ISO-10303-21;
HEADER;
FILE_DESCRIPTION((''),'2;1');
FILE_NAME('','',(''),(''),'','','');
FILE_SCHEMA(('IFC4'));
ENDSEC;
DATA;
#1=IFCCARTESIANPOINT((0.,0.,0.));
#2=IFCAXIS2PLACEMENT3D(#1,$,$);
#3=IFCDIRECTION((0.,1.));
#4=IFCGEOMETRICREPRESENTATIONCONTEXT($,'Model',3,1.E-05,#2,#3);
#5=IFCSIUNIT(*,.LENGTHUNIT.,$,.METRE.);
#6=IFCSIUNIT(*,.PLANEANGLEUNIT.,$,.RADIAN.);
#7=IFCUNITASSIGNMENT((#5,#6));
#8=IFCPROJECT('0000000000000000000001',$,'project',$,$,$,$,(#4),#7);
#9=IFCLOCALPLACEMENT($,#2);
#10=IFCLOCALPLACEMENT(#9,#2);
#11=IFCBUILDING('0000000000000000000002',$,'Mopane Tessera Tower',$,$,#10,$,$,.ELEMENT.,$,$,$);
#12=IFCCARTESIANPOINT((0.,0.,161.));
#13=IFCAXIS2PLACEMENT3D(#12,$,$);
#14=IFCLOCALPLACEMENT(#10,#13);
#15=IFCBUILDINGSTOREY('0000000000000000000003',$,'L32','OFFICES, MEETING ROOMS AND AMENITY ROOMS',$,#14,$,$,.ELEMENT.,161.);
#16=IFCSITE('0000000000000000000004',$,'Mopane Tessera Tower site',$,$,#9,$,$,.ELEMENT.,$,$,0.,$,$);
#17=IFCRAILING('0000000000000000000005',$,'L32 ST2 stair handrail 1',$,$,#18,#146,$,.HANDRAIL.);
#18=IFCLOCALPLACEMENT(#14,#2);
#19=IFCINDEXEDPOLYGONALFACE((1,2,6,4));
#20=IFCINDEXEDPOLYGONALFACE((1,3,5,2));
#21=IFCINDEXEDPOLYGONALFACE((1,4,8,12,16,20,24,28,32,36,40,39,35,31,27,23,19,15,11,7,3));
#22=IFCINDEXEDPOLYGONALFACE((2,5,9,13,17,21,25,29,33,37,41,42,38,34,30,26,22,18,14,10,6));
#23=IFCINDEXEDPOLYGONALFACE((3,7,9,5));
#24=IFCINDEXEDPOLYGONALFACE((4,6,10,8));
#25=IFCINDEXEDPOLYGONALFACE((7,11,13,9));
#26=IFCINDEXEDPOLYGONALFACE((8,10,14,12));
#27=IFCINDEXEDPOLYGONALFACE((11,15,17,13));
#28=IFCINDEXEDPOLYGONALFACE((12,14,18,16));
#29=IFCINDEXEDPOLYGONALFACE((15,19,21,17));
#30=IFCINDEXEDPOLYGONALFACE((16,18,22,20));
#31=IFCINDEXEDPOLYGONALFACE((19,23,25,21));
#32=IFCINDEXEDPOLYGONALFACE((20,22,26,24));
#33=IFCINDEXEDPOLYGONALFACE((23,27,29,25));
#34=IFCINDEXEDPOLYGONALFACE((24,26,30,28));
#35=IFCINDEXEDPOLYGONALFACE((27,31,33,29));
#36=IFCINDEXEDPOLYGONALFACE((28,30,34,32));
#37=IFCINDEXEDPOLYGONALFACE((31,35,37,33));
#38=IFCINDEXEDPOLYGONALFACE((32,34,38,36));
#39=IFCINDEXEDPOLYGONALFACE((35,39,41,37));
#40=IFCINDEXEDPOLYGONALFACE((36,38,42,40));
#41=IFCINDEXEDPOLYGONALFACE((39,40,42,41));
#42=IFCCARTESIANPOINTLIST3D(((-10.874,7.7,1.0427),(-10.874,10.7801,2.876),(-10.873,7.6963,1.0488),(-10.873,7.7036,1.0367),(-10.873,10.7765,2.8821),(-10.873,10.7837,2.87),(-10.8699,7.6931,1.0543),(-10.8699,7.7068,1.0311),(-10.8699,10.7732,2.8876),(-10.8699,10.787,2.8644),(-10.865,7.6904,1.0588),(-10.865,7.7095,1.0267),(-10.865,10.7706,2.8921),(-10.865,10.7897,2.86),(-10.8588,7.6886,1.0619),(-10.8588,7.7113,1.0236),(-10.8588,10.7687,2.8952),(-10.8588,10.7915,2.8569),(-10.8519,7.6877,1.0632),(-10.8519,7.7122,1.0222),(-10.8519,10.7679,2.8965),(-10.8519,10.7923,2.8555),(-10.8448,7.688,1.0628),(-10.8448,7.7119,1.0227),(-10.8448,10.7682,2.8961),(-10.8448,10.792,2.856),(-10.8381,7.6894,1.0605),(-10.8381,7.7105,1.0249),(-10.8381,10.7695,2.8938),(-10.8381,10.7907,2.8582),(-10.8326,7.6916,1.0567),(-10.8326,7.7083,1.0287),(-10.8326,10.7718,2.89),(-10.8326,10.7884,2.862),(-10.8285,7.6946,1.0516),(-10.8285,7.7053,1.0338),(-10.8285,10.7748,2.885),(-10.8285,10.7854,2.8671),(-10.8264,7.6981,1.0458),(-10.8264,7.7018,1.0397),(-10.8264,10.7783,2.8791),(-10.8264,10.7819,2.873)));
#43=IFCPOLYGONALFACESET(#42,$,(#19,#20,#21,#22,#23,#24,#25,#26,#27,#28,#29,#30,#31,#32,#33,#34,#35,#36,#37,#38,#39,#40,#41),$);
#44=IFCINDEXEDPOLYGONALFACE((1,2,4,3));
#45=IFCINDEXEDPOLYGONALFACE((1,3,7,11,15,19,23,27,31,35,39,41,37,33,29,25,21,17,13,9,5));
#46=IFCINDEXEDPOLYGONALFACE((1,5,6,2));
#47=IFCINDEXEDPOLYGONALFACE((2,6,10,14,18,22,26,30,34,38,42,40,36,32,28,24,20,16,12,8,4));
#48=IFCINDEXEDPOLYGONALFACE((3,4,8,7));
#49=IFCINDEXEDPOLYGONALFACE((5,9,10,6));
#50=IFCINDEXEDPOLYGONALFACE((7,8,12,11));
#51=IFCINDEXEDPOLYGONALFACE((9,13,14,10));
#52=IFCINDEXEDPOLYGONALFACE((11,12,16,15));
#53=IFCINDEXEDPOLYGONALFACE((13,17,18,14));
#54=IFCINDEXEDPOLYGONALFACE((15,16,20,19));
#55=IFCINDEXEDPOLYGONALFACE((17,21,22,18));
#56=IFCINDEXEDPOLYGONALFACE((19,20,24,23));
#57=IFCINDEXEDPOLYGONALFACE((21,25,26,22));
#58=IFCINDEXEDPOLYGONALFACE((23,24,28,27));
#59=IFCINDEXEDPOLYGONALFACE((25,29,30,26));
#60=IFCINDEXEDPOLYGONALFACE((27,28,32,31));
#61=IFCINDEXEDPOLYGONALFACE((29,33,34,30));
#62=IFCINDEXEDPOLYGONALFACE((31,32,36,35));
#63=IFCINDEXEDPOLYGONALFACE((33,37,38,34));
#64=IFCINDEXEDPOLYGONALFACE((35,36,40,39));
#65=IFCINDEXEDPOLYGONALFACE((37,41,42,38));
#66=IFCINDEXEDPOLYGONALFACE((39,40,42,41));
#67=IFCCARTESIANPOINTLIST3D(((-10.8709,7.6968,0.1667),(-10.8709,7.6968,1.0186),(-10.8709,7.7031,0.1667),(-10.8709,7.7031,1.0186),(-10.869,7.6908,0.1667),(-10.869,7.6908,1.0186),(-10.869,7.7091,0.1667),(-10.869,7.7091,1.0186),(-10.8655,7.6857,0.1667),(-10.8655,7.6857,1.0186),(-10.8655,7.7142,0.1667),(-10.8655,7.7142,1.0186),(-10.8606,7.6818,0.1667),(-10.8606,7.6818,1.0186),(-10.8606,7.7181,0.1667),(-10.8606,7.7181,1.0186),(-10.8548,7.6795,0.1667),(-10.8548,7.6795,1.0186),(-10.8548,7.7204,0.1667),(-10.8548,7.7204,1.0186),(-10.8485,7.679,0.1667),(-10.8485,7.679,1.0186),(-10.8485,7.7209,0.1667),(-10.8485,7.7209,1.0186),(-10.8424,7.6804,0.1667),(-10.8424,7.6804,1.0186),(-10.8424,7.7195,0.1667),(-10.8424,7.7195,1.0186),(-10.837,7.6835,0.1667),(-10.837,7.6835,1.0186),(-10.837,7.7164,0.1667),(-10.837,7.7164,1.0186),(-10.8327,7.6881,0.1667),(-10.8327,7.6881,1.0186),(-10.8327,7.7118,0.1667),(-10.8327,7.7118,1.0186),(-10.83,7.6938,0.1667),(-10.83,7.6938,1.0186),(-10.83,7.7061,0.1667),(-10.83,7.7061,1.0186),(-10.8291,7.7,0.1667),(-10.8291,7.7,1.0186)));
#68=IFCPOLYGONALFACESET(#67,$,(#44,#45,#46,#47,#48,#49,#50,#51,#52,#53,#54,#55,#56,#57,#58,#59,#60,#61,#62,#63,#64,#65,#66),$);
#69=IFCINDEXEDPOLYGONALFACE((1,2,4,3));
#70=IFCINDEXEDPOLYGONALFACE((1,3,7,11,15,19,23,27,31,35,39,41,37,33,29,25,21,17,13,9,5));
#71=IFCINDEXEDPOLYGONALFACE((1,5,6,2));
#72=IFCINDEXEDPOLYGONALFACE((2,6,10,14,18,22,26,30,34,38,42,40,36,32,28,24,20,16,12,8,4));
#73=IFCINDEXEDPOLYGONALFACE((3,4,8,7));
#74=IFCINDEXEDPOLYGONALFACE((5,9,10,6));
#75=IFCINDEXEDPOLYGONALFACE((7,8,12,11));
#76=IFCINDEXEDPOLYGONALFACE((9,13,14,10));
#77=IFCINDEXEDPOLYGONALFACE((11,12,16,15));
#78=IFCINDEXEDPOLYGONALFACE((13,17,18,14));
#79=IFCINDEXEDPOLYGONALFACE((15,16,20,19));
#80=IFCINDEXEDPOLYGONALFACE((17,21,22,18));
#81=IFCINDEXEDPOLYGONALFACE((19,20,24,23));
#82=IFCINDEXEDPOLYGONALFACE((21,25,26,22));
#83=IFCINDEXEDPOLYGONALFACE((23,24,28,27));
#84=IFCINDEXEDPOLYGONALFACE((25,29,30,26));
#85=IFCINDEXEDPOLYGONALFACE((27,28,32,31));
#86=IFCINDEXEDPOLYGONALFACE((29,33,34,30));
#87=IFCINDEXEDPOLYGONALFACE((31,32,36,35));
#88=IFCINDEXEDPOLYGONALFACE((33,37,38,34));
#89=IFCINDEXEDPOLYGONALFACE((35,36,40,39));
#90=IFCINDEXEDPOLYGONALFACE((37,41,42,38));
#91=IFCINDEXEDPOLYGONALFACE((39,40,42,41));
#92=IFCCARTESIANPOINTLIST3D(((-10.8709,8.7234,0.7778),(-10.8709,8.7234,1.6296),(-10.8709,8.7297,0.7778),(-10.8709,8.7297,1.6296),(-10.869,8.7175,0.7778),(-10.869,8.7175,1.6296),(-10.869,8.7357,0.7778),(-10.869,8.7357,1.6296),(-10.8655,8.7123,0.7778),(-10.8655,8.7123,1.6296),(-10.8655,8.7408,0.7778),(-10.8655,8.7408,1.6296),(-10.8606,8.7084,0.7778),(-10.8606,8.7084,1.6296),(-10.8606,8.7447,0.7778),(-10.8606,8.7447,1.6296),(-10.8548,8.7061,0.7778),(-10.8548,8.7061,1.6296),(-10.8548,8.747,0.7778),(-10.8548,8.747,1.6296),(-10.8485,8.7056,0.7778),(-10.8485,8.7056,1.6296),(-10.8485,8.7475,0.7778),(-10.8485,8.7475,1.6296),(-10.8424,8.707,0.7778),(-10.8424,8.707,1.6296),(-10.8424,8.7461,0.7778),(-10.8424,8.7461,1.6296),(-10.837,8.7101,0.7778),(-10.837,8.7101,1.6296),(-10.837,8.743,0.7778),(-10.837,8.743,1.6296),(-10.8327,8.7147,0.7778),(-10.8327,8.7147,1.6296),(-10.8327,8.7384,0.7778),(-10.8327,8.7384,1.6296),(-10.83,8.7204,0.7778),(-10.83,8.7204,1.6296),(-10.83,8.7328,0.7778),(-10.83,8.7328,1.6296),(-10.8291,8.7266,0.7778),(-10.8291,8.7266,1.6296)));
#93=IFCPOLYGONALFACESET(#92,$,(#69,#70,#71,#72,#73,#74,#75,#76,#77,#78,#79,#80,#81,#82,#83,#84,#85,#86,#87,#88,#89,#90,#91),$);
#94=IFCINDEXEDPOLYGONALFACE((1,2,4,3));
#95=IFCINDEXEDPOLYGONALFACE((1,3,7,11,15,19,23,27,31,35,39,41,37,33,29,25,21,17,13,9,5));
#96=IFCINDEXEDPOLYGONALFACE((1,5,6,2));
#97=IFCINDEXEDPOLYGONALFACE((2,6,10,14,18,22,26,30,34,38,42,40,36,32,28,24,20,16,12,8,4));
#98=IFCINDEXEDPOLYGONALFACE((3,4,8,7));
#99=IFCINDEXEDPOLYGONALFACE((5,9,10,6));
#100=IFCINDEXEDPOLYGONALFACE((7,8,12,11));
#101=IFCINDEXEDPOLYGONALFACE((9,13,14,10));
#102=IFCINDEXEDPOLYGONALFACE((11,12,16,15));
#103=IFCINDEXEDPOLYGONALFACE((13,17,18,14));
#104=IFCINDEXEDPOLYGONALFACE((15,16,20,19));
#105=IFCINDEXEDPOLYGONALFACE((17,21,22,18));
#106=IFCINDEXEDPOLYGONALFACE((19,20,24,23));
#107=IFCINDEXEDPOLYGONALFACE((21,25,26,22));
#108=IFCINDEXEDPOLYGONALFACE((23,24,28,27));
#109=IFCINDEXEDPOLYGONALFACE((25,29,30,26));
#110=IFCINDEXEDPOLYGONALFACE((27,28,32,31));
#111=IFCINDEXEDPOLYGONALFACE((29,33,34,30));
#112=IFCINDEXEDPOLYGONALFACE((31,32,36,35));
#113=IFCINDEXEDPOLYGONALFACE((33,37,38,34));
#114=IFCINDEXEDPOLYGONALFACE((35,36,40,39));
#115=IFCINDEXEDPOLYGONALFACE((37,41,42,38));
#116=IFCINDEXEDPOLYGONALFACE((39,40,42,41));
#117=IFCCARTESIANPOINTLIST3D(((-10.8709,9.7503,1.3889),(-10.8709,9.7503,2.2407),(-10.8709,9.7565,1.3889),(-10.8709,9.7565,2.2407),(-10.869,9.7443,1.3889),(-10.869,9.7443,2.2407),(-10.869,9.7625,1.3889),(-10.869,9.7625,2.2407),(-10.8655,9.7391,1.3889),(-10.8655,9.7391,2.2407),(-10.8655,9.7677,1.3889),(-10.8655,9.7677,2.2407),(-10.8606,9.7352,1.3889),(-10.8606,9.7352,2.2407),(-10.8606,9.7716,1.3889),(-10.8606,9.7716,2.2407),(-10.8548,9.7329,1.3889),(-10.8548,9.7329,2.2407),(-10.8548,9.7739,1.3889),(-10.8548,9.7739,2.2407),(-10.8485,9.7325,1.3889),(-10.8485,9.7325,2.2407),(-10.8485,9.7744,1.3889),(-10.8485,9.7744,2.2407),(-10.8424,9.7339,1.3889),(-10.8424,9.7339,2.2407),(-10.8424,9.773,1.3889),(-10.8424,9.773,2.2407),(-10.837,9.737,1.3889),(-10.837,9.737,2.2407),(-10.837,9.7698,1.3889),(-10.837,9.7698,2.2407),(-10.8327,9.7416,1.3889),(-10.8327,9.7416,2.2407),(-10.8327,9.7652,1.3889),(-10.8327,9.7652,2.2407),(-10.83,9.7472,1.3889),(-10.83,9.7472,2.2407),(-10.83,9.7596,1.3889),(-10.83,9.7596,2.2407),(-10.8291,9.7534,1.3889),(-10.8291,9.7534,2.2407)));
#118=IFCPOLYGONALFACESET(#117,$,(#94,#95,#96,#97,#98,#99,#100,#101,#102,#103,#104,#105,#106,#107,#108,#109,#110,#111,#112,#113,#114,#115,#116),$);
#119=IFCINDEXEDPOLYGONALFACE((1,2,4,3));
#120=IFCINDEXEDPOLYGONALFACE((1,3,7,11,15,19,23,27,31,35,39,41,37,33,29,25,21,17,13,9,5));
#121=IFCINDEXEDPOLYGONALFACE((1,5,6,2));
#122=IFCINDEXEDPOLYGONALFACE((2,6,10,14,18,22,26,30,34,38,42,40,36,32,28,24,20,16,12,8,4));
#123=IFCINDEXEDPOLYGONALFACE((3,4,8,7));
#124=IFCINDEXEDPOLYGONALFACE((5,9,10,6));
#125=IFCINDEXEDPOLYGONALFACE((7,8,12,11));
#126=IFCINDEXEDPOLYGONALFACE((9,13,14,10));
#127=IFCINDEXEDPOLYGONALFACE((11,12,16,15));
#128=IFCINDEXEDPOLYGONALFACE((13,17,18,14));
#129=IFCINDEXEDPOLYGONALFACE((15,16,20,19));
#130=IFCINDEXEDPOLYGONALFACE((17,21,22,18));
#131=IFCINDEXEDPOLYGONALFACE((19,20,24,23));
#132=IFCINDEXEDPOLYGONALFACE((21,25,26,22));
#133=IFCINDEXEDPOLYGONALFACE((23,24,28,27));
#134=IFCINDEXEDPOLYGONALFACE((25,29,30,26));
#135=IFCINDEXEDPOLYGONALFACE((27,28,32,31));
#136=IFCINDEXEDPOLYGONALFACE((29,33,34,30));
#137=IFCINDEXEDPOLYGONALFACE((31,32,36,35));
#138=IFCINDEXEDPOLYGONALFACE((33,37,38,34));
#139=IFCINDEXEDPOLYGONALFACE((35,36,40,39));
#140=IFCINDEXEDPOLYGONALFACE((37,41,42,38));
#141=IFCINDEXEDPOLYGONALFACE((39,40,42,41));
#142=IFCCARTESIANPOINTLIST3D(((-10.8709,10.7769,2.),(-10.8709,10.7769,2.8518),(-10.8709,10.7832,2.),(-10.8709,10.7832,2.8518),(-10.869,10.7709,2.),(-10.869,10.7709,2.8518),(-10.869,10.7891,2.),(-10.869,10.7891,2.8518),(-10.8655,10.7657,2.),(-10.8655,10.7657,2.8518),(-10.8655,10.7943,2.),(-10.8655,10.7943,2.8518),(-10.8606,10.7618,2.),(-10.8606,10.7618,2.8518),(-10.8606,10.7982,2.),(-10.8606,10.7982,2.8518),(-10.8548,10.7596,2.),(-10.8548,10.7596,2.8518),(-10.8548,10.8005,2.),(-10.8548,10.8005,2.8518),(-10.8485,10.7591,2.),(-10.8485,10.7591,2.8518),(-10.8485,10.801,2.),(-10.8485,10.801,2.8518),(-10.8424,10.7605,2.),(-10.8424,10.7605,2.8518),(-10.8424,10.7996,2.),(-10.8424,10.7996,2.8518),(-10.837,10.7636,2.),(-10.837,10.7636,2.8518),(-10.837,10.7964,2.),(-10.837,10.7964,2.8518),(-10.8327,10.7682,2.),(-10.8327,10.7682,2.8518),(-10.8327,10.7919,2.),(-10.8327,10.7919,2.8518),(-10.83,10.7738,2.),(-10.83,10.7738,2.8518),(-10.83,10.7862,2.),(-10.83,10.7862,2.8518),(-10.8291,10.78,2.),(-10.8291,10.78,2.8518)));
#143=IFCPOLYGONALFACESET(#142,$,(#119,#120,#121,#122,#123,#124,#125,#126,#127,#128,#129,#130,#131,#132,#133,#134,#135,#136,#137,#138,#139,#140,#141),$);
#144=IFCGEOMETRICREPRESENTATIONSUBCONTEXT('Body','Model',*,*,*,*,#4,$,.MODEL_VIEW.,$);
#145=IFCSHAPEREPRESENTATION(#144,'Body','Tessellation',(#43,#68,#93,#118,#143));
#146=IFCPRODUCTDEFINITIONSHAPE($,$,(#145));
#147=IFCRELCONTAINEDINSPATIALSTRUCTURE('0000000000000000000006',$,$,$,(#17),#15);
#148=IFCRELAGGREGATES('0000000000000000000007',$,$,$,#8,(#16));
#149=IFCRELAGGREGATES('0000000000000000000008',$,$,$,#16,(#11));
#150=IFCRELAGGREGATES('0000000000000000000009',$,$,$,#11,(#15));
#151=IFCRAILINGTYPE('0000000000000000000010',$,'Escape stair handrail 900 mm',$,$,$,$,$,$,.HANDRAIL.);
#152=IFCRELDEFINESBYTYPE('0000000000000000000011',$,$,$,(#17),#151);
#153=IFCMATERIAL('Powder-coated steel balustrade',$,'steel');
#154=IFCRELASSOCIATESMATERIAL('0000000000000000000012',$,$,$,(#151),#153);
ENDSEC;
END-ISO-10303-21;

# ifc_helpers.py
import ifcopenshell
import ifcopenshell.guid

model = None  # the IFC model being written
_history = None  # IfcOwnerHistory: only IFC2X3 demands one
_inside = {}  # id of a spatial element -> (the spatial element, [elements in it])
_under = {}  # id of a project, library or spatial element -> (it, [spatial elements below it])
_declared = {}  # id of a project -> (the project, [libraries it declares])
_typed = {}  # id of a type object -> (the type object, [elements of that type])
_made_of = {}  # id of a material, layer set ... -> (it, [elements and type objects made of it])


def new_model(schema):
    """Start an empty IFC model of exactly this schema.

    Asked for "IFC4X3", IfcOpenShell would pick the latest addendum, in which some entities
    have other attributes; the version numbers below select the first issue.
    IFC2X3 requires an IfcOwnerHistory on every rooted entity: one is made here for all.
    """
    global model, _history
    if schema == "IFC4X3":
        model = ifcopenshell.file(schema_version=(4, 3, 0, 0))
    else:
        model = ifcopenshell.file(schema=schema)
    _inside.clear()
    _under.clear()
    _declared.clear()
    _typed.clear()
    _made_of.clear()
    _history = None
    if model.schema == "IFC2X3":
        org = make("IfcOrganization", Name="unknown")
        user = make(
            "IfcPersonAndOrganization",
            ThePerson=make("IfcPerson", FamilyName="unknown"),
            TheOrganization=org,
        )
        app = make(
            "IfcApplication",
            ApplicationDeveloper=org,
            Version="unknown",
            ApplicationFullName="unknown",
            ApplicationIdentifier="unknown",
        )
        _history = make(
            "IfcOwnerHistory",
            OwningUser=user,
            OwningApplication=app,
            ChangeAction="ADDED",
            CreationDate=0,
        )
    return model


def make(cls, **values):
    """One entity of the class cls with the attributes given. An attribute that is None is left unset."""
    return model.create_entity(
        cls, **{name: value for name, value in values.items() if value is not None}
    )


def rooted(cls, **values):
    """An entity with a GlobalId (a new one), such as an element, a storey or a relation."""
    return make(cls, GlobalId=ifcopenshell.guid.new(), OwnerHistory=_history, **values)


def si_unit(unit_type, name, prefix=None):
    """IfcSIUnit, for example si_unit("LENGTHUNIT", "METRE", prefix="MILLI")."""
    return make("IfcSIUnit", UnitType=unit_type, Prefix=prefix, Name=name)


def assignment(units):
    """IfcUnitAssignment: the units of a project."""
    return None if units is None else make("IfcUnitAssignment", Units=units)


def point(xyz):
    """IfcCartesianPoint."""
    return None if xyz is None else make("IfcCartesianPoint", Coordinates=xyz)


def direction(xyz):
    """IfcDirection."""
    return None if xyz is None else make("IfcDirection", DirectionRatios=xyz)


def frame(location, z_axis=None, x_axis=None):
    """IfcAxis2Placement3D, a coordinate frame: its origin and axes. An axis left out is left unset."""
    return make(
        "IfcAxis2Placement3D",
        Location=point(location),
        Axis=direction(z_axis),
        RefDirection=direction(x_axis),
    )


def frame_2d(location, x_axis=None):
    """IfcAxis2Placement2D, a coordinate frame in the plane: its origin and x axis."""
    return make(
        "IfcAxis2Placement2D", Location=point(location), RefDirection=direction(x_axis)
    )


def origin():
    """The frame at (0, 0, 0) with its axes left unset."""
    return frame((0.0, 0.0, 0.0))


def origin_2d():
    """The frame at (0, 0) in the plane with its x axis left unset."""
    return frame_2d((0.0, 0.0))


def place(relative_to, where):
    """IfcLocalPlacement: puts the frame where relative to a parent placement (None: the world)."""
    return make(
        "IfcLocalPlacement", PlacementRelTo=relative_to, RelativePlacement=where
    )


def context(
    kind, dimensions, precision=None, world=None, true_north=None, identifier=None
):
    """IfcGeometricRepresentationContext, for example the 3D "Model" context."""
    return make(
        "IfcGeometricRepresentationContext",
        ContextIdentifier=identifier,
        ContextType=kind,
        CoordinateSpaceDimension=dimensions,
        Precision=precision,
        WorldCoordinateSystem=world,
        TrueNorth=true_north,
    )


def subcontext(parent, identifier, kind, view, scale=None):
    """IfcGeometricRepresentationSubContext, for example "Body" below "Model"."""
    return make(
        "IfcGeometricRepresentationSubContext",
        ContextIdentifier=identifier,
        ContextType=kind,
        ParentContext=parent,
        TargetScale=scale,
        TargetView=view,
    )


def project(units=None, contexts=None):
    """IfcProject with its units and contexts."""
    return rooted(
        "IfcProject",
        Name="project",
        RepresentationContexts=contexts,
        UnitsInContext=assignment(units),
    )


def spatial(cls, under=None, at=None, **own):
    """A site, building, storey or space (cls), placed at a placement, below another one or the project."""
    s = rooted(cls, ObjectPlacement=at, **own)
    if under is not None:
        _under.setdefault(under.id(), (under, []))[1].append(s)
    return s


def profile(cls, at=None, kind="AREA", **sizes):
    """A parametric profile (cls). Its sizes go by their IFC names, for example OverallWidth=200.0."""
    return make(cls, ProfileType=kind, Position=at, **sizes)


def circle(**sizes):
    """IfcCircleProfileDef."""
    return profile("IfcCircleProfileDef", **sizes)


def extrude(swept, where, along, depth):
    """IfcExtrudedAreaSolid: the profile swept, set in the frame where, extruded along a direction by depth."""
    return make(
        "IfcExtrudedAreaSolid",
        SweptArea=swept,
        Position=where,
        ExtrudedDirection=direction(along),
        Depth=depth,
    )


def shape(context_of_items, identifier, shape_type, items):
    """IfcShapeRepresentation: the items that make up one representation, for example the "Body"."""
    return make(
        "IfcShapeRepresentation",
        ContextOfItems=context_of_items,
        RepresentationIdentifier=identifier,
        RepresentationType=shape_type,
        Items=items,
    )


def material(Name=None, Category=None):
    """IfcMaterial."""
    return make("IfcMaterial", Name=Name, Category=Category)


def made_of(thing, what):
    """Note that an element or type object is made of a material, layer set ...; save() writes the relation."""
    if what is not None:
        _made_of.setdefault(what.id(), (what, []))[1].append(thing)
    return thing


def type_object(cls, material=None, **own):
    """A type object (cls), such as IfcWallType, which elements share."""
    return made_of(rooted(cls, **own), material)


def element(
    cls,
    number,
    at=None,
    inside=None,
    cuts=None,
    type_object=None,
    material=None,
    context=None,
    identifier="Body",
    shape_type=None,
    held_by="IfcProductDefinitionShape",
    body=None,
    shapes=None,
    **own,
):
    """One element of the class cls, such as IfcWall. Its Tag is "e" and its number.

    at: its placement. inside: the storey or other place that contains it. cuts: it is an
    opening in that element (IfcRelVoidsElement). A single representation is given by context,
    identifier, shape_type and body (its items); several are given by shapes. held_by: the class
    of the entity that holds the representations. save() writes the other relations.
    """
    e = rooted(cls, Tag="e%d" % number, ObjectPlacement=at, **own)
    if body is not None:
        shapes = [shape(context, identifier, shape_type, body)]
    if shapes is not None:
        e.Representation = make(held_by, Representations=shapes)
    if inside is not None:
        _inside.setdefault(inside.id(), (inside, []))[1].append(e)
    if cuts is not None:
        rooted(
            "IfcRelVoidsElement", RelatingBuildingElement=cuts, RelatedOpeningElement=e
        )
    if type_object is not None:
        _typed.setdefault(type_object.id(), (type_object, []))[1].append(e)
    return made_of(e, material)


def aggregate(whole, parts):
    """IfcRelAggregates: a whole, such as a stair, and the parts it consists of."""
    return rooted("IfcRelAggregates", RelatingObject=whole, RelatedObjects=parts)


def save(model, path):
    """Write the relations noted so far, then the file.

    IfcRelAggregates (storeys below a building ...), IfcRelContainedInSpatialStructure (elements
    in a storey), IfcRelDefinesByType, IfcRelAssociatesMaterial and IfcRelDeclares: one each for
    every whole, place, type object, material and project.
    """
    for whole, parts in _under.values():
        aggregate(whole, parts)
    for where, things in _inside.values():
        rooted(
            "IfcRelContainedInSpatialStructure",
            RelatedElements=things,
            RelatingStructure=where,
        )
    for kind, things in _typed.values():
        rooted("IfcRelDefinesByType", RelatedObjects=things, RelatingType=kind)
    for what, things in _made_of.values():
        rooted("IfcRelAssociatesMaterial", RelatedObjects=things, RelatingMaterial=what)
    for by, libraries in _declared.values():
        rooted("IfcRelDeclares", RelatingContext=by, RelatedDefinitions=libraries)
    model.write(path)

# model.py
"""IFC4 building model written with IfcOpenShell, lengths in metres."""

from ifc_helpers import new_model, si_unit, direction, frame, origin, origin_2d, place, context, subcontext, project, spatial, circle, extrude, material, type_object, element, save


model = new_model("IFC4")

# Units and contexts
model_context = context("Model", 3, precision=1e-05, world=origin(), true_north=direction((0.0, 1.0)))
body_context = subcontext(model_context, "Body", "Model", "MODEL_VIEW")
ifc_project = project(units=[si_unit("LENGTHUNIT", "METRE"), si_unit("PLANEANGLEUNIT", "RADIAN")], contexts=[model_context])

# Site, building, storey
site_placement = place(None, origin())
site = spatial("IfcSite", under=ifc_project, at=site_placement, Name="Mopane Tessera Tower site", CompositionType="ELEMENT", RefElevation=0.0)
building_placement = place(site_placement, origin())
building = spatial("IfcBuilding", under=site, at=building_placement, Name="Mopane Tessera Tower", CompositionType="ELEMENT")
storey_placement = place(building_placement, frame((0.0, 0.0, 161.0)))
storey = spatial("IfcBuildingStorey", under=building, at=storey_placement, Name="L32", Description="OFFICES, MEETING ROOMS AND AMENITY ROOMS", CompositionType="ELEMENT", Elevation=161.0)

# Railing
ifc_material_1 = material(Name="Powder-coated steel balustrade", Category="steel")
railing_type_1 = type_object("IfcRailingType", Name="Escape stair handrail 900 mm", PredefinedType="HANDRAIL", material=ifc_material_1)
railing_1_placement = place(storey_placement, frame((-10.8501, 7.7, 0.1667)))
element("IfcRailing", 1, at=railing_1_placement, inside=storey, type_object=railing_type_1, Name="L32 ST2 stair handrail 1", PredefinedType="HANDRAIL", context=body_context, shape_type="SweptSolid", body=[
    extrude(circle(Radius=0.0239, at=origin_2d()), frame((0.0, 0.0, 0.876), z_axis=(0.0, 0.859309, 0.511458), x_axis=(-1.0, 0.0, 0.0)), (0.0, 0.0, 1.0), 3.5845),
    extrude(circle(Radius=0.021, at=origin_2d()), origin(), (0.0, 0.0, 1.0), 0.8518),
    extrude(circle(Radius=0.021, at=origin_2d()), frame((0.0, 1.0266, 0.6111)), (0.0, 0.0, 1.0), 0.8518),
    extrude(circle(Radius=0.021, at=origin_2d()), frame((0.0, 2.0535, 1.2222)), (0.0, 0.0, 1.0), 0.8518),
    extrude(circle(Radius=0.021, at=origin_2d()), frame((0.0, 3.0801, 1.8333)), (0.0, 0.0, 1.0), 0.8518),
])

save(model, "model.ifc")
